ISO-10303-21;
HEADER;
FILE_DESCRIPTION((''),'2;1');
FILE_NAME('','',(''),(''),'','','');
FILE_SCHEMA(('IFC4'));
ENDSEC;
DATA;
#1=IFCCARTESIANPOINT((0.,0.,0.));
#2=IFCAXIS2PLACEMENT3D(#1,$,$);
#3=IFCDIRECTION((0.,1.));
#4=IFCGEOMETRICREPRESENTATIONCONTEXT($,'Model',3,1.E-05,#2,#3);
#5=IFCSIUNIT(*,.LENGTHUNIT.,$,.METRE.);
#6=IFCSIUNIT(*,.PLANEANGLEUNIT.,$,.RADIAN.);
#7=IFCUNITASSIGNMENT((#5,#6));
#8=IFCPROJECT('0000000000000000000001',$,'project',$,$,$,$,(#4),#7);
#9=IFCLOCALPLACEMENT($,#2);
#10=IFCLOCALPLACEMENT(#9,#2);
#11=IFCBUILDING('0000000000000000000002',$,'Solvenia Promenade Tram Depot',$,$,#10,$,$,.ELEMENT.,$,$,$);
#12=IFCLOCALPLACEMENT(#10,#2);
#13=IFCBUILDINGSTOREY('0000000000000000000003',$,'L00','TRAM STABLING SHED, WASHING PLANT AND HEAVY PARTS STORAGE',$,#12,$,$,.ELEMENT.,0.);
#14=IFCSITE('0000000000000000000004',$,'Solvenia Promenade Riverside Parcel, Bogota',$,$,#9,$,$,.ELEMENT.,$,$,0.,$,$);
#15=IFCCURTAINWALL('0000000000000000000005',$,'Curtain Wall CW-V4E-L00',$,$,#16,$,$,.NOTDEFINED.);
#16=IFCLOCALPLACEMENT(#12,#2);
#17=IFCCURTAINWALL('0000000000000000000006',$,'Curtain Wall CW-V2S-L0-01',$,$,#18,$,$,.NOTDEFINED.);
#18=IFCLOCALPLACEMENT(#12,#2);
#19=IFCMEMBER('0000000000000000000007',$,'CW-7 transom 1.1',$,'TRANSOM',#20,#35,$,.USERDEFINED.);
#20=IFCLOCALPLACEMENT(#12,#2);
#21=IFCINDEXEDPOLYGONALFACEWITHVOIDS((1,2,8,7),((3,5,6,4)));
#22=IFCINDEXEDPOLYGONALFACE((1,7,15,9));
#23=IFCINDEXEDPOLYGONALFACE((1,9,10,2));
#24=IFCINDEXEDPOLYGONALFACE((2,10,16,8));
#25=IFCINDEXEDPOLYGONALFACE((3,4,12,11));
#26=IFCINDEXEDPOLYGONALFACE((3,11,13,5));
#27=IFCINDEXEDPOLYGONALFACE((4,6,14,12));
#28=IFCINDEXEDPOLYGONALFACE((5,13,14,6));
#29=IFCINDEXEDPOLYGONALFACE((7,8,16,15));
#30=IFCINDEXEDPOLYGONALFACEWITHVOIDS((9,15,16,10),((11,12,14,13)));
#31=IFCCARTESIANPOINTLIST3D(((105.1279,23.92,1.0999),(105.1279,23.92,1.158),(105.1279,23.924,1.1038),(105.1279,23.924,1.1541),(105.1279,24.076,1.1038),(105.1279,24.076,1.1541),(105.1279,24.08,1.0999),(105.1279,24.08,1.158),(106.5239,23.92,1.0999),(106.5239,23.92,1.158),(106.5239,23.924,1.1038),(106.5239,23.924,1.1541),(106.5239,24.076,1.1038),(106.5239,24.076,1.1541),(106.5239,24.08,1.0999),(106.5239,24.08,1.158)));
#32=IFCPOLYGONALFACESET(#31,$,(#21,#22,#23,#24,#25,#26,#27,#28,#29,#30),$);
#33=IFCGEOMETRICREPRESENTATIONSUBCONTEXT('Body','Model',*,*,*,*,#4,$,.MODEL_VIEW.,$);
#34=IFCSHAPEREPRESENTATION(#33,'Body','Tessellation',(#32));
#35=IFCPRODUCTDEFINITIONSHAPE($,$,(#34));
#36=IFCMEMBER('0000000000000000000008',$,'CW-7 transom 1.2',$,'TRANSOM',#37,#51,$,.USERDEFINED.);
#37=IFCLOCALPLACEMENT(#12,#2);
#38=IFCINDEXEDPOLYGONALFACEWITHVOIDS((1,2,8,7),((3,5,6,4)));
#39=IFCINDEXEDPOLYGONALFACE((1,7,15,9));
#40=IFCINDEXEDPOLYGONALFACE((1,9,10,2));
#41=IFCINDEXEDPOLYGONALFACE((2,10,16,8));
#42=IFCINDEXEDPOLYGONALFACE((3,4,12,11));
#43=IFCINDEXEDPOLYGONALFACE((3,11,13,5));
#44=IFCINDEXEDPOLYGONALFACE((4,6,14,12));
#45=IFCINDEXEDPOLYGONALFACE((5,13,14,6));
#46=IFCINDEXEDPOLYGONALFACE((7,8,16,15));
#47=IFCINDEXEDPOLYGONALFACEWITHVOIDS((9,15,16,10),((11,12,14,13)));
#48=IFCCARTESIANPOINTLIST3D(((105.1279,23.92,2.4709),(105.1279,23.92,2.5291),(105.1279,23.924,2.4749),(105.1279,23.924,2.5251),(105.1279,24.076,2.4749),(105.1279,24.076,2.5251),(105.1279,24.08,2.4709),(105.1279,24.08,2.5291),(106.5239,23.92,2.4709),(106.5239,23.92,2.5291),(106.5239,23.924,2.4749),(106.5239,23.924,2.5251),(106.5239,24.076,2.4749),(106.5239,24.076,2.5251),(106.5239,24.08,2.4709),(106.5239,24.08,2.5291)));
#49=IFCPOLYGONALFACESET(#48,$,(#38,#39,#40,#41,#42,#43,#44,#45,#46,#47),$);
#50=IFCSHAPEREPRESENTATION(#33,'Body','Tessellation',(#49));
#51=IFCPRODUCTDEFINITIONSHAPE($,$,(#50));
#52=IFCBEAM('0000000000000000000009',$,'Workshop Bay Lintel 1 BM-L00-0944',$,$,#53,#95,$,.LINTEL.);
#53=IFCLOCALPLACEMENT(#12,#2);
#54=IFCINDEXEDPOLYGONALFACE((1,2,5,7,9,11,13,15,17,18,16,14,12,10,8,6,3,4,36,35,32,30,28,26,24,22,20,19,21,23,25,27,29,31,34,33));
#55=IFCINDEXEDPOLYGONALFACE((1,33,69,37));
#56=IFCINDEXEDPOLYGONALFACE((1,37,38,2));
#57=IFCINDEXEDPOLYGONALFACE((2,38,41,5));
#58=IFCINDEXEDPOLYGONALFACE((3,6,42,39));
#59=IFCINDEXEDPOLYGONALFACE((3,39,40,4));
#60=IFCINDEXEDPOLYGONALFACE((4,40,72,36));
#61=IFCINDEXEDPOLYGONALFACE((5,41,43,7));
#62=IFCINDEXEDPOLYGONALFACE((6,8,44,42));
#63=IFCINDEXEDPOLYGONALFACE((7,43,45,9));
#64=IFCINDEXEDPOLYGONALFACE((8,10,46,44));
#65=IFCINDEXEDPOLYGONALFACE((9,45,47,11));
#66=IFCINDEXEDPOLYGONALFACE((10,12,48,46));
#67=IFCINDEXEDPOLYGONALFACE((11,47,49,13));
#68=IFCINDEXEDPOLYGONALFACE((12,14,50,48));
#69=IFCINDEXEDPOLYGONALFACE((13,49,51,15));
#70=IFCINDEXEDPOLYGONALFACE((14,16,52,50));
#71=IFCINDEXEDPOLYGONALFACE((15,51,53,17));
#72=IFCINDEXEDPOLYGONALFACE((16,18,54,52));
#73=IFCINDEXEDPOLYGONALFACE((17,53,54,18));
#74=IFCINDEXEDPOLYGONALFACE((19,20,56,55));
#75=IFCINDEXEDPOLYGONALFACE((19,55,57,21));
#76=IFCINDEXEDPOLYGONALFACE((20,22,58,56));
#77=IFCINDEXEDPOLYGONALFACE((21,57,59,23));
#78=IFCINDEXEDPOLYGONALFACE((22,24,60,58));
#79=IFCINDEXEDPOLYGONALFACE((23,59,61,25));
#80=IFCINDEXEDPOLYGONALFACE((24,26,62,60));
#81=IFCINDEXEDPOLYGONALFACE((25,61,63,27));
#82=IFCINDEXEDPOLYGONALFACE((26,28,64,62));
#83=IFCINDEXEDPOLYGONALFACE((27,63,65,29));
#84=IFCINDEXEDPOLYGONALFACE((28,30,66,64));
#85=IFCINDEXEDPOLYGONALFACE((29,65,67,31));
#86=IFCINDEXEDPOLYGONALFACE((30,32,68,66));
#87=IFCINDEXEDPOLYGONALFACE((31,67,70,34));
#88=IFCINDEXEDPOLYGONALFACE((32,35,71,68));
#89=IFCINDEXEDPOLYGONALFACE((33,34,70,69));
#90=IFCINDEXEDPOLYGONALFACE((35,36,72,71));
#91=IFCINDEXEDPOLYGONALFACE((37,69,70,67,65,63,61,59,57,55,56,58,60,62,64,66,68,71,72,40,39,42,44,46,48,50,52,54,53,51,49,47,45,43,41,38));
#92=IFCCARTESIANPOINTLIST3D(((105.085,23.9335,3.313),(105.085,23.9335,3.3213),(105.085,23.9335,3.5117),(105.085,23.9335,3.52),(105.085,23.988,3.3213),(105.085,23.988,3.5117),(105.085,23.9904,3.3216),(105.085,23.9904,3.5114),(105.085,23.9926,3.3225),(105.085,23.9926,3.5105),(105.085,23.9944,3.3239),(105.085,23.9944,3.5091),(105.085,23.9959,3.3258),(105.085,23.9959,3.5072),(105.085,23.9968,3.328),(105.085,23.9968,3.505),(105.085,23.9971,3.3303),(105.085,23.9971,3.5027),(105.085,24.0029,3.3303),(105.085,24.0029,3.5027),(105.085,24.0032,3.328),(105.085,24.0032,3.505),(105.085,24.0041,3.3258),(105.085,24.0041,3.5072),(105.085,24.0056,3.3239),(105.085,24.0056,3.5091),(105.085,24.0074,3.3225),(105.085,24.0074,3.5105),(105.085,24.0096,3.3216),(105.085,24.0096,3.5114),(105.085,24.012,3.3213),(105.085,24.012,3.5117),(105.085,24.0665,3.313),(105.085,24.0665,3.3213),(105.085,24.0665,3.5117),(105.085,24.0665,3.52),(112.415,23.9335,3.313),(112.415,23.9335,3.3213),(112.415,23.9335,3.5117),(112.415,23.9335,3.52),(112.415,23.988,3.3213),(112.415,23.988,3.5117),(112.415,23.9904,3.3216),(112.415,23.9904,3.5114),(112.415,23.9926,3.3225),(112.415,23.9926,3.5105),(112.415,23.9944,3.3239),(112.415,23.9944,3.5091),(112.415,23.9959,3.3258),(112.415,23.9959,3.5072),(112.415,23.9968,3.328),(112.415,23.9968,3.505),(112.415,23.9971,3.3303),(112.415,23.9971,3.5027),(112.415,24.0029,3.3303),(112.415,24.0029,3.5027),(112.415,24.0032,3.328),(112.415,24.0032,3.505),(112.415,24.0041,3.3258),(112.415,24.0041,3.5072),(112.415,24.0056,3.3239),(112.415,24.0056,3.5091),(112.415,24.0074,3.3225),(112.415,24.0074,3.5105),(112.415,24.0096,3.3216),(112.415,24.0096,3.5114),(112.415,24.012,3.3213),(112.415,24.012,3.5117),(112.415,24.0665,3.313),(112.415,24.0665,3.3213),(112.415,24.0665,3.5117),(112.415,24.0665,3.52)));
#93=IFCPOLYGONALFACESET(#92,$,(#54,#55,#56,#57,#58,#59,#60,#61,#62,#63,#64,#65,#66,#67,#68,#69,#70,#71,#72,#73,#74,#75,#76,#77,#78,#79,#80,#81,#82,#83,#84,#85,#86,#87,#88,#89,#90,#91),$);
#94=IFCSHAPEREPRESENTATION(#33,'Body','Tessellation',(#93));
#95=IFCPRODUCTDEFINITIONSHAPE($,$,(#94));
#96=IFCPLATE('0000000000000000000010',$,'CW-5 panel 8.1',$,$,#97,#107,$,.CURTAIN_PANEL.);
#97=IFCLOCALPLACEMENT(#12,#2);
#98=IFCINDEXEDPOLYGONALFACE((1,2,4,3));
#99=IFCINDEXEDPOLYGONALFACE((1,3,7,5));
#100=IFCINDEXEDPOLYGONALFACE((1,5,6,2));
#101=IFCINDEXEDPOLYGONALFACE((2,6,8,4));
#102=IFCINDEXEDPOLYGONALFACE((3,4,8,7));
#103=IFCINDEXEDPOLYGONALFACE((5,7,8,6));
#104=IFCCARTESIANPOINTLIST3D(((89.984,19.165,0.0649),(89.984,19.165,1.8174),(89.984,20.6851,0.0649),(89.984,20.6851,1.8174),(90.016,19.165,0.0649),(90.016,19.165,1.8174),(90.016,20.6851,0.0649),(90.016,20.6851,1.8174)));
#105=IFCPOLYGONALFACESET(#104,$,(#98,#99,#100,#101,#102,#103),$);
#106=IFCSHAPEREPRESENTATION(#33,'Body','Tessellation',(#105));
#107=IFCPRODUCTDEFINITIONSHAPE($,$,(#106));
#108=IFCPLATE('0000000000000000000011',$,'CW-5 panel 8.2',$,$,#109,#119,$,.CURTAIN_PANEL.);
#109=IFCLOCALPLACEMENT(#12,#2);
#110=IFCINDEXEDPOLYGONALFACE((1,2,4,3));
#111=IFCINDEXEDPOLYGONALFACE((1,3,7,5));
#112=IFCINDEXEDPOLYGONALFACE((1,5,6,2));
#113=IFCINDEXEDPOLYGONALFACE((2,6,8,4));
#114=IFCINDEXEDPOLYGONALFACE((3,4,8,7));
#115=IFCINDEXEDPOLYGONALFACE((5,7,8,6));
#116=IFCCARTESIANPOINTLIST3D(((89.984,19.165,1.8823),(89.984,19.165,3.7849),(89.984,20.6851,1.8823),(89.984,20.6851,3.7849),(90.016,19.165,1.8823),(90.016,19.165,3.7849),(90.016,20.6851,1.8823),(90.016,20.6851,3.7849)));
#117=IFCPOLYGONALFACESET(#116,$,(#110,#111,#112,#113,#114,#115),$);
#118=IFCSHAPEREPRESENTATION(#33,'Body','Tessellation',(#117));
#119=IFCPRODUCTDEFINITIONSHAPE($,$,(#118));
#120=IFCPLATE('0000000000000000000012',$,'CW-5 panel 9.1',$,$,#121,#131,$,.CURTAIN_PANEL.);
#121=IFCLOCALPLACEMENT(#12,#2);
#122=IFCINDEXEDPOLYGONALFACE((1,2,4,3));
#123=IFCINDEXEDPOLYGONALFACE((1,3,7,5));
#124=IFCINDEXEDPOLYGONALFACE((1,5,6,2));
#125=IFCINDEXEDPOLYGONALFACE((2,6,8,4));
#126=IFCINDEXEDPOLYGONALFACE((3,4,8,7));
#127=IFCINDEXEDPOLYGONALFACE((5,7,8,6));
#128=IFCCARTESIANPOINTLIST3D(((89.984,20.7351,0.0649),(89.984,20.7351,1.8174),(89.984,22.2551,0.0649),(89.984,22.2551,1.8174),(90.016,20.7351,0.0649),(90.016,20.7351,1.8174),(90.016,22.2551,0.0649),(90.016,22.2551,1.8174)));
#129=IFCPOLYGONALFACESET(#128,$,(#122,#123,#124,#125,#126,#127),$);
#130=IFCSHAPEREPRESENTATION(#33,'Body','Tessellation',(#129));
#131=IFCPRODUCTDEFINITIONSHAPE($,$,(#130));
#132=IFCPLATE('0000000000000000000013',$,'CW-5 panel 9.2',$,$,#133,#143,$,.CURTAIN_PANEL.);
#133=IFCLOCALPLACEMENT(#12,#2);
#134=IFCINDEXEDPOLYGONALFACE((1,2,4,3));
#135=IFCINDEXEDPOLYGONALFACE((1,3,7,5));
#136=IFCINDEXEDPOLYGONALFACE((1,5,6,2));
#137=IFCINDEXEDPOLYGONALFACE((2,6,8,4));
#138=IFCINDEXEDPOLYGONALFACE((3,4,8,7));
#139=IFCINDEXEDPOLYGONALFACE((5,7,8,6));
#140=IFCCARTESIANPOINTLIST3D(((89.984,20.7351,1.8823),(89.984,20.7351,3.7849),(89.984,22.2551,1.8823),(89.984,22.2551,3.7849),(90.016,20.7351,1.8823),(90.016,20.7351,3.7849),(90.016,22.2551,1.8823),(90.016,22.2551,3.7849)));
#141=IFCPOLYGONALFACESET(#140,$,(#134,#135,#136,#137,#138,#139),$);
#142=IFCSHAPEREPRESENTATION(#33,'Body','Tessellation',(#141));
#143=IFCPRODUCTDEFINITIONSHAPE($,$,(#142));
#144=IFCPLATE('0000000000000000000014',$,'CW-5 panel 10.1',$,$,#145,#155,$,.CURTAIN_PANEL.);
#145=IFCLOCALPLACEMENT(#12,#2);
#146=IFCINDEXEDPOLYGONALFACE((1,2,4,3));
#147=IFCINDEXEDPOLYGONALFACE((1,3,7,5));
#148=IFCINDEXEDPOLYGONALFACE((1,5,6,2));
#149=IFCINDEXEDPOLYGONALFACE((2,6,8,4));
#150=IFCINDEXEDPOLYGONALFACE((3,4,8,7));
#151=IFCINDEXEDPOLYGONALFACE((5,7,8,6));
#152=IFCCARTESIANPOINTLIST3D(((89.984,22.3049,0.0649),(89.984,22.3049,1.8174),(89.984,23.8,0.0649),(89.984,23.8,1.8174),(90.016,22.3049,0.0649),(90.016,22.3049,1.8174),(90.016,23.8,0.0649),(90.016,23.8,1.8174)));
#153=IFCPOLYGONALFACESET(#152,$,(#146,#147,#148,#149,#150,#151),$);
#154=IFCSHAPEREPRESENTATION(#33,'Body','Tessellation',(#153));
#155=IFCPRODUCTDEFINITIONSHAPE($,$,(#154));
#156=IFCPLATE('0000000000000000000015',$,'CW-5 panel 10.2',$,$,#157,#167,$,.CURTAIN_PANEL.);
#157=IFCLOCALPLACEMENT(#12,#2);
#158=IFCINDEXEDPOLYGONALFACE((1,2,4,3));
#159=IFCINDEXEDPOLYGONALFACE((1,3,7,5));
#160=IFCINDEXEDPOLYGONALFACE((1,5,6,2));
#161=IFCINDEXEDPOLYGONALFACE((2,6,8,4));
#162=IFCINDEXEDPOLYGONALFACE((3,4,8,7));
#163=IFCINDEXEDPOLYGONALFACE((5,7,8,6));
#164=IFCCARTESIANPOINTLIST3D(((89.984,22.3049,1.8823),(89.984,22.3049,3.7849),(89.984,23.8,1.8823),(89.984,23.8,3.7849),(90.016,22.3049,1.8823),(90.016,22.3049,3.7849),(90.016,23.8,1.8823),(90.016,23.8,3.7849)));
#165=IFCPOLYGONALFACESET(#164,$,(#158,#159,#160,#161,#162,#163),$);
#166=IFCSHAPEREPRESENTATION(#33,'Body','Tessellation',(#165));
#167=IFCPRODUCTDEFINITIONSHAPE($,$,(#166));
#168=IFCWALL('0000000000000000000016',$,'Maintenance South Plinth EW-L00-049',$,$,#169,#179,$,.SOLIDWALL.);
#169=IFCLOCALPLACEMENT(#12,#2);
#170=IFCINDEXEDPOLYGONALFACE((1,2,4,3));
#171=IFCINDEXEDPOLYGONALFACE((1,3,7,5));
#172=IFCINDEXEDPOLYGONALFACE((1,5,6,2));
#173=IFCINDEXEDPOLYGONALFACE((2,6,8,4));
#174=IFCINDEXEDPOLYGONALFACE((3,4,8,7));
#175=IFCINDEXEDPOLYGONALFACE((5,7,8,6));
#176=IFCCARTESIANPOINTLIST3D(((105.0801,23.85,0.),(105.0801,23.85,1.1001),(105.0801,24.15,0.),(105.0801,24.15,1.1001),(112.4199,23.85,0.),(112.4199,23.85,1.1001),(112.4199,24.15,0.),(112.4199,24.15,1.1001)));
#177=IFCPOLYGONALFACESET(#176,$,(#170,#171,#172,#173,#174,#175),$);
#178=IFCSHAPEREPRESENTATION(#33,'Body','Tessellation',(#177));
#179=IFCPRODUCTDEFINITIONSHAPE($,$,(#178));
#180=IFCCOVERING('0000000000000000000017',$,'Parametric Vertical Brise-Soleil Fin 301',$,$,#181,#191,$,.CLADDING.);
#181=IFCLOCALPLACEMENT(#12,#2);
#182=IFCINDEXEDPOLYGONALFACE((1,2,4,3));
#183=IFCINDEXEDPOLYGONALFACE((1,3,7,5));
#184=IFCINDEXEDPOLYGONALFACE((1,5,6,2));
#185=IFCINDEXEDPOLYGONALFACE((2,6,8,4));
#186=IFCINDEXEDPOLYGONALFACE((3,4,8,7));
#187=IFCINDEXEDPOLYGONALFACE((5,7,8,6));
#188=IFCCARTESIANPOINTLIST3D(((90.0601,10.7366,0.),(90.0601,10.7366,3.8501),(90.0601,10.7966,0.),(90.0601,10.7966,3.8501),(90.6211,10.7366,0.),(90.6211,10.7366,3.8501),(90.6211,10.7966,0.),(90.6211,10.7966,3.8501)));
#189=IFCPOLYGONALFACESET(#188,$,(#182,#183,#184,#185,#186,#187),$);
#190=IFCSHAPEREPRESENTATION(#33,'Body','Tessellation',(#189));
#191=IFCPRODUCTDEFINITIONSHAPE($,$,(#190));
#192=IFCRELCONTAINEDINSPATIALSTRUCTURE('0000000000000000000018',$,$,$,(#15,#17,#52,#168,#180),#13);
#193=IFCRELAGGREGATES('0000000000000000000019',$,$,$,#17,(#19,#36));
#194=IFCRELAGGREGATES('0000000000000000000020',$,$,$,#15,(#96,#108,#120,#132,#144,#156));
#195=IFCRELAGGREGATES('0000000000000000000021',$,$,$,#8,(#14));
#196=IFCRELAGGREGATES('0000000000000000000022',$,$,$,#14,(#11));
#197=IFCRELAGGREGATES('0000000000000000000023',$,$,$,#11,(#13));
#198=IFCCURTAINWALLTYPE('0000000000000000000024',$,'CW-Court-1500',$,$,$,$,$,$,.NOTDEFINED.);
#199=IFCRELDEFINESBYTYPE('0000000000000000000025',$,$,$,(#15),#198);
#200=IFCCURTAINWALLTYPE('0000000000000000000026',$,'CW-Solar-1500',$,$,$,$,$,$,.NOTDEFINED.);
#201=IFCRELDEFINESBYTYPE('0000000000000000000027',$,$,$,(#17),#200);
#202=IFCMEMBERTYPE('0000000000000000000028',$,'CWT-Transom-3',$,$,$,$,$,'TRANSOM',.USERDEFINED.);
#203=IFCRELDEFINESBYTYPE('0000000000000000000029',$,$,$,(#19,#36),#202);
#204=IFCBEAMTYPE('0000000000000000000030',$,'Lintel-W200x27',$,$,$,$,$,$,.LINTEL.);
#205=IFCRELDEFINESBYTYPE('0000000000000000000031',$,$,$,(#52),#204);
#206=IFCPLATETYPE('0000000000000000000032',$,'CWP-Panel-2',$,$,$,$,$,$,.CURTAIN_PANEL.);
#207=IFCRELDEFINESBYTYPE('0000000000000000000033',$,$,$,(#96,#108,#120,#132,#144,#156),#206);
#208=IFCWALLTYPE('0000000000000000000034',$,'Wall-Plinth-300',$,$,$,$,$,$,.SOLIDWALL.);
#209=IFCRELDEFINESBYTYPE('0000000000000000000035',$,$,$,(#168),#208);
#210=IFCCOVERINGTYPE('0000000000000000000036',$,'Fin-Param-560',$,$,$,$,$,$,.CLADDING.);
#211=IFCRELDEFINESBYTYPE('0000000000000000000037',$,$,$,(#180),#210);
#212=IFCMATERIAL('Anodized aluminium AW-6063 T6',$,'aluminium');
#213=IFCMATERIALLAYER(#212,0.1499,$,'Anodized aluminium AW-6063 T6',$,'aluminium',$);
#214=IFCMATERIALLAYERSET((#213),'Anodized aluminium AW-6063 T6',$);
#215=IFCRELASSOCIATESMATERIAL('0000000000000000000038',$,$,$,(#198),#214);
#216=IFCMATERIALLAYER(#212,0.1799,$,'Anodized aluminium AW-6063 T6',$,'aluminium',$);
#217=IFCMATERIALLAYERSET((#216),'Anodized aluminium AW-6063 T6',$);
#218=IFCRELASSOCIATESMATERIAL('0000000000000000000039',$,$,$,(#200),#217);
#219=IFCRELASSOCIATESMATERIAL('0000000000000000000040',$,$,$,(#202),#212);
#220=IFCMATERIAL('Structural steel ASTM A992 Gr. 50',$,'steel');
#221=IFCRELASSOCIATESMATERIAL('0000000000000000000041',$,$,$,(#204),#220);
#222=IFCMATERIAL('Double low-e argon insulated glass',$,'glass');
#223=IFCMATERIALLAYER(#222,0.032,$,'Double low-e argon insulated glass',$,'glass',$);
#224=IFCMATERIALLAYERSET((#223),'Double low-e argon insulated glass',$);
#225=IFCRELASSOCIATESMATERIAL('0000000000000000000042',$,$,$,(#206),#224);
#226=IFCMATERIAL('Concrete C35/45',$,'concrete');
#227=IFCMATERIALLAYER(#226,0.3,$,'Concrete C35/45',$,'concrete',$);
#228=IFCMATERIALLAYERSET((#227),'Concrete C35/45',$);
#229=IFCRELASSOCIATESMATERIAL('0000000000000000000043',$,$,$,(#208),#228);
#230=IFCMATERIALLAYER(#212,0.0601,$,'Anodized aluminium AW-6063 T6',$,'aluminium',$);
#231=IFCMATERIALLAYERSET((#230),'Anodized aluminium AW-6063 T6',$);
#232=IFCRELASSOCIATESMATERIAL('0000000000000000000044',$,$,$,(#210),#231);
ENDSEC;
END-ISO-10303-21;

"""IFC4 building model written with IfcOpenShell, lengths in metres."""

from ifc_helpers import new_model, si_unit, direction, frame, frame_2d, origin, origin_2d, place, context, subcontext, project, spatial, rectangle, hollow_rectangle, i_section, extrude, material, layer, layer_set, material_profile, profile_set, type_object, element, aggregate, save


model = new_model("IFC4")

# Units and contexts
model_context = context("Model", 3, precision=1e-05, world=origin(), true_north=direction((0.0, 1.0)))
body_context = subcontext(model_context, "Body", "Model", "MODEL_VIEW")
ifc_project = project(units=[si_unit("LENGTHUNIT", "METRE"), si_unit("PLANEANGLEUNIT", "RADIAN")], contexts=[model_context])

# Site, building, storey
site_placement = place(None, origin())
site = spatial("IfcSite", under=ifc_project, at=site_placement, Name="Solvenia Promenade Riverside Parcel, Bogota", CompositionType="ELEMENT", RefElevation=0.0)
building_placement = place(site_placement, origin())
building = spatial("IfcBuilding", under=site, at=building_placement, Name="Solvenia Promenade Tram Depot", CompositionType="ELEMENT")
storey_placement = place(building_placement, origin())
storey = spatial("IfcBuildingStorey", under=building, at=storey_placement, Name="L00", Description="TRAM STABLING SHED, WASHING PLANT AND HEAVY PARTS STORAGE", CompositionType="ELEMENT", Elevation=0.0)

# Shared definitions
ifc_material_1 = material(Name="Structural steel ASTM A992 Gr. 50", Category="steel")

# Curtain wall
ifc_material_2 = material(Name="Anodized aluminium AW-6063 T6", Category="aluminium")
ifc_layer_1 = layer(ifc_material_2, 0.1499, Name="Anodized aluminium AW-6063 T6", Category="aluminium")
ifc_layer_set_1 = layer_set([ifc_layer_1], Name="Anodized aluminium AW-6063 T6")
curtain_wall_type_1 = type_object("IfcCurtainWallType", Name="CW-Court-1500", PredefinedType="NOTDEFINED", material=ifc_layer_set_1)
curtain_wall_1_placement = place(storey_placement, origin())
curtain_wall_1 = element("IfcCurtainWall", 1, at=curtain_wall_1_placement, inside=storey, type_object=curtain_wall_type_1, Name="Curtain Wall CW-V4E-L00", PredefinedType="NOTDEFINED")

# Curtain wall
ifc_layer_2 = layer(ifc_material_2, 0.1799, Name="Anodized aluminium AW-6063 T6", Category="aluminium")
ifc_layer_set_2 = layer_set([ifc_layer_2], Name="Anodized aluminium AW-6063 T6")
curtain_wall_type_2 = type_object("IfcCurtainWallType", Name="CW-Solar-1500", PredefinedType="NOTDEFINED", material=ifc_layer_set_2)
curtain_wall_2_placement = place(storey_placement, origin())
curtain_wall_2 = element("IfcCurtainWall", 2, at=curtain_wall_2_placement, inside=storey, type_object=curtain_wall_type_2, Name="Curtain Wall CW-V2S-L0-01", PredefinedType="NOTDEFINED")

# Members
ifc_material_profile_1 = material_profile(ifc_material_2, hollow_rectangle(XDim=0.1599, YDim=0.0581, WallThickness=0.0039, at=origin_2d()), Name="ALU-T3", Category="aluminium")
ifc_profile_set_1 = profile_set([ifc_material_profile_1], Name="Anodized aluminium AW-6063 T6")
member_type_1 = type_object("IfcMemberType", Name="CWT-Transom-3", ElementType="TRANSOM", PredefinedType="USERDEFINED", material=ifc_profile_set_1)
member_1_placement = place(storey_placement, frame((105.1279, 24.0, 1.1289), z_axis=(1.0, 0.0, 0.0), x_axis=(0.0, 1.0, 0.0)))
member_1 = element("IfcMember", 3, at=member_1_placement, type_object=member_type_1, Name="CW-7 transom 1.1", ObjectType="TRANSOM", PredefinedType="USERDEFINED", context=body_context, shape_type="SweptSolid", body=[
    extrude(hollow_rectangle(XDim=0.1599, YDim=0.0581, WallThickness=0.0039, at=origin_2d()), origin(), (0.0, 0.0, 1.0), 1.396),
])
member_2_placement = place(storey_placement, frame((105.1279, 24.0, 2.5), z_axis=(1.0, 0.0, 0.0), x_axis=(0.0, 1.0, 0.0)))
member_2 = element("IfcMember", 4, at=member_2_placement, type_object=member_type_1, Name="CW-7 transom 1.2", ObjectType="TRANSOM", PredefinedType="USERDEFINED", context=body_context, shape_type="SweptSolid", body=[
    extrude(hollow_rectangle(XDim=0.1599, YDim=0.0581, WallThickness=0.0039, at=origin_2d()), origin(), (0.0, 0.0, 1.0), 1.396),
])
aggregate(curtain_wall_2, [member_1, member_2])

# Beam
ifc_material_profile_2 = material_profile(ifc_material_1, i_section(OverallWidth=0.1331, OverallDepth=0.207, WebThickness=0.0059, FlangeThickness=0.0083, FilletRadius=0.009, at=origin_2d()), Name="W200x27", Category="steel")
ifc_profile_set_2 = profile_set([ifc_material_profile_2], Name="Structural steel ASTM A992 Gr. 50")
beam_type = type_object("IfcBeamType", Name="Lintel-W200x27", PredefinedType="LINTEL", material=ifc_profile_set_2)
beam_placement = place(storey_placement, frame((105.085, 24.0, 3.4165), z_axis=(1.0, 0.0, 0.0), x_axis=(0.0, 1.0, 0.0)))
element("IfcBeam", 5, at=beam_placement, inside=storey, type_object=beam_type, Name="Workshop Bay Lintel 1 BM-L00-0944", PredefinedType="LINTEL", context=body_context, shape_type="SweptSolid", body=[
    extrude(i_section(OverallWidth=0.1331, OverallDepth=0.207, WebThickness=0.0059, FlangeThickness=0.0083, FilletRadius=0.009, at=origin_2d()), origin(), (0.0, 0.0, 1.0), 7.3301),
])

# Plates
ifc_material_3 = material(Name="Double low-e argon insulated glass", Category="glass")
ifc_layer_3 = layer(ifc_material_3, 0.032, Name="Double low-e argon insulated glass", Category="glass")
ifc_layer_set_3 = layer_set([ifc_layer_3], Name="Double low-e argon insulated glass")
plate_type = type_object("IfcPlateType", Name="CWP-Panel-2", PredefinedType="CURTAIN_PANEL", material=ifc_layer_set_3)
plate_1_placement = place(storey_placement, frame((90.0, 19.925, 0.0649), z_axis=(0.0, 0.0, 1.0), x_axis=(0.0, 1.0, 0.0)))
plate_1 = element("IfcPlate", 6, at=plate_1_placement, type_object=plate_type, Name="CW-5 panel 8.1", PredefinedType="CURTAIN_PANEL", context=body_context, shape_type="SweptSolid", body=[
    extrude(rectangle(XDim=1.52, YDim=0.032, at=origin_2d()), origin(), (0.0, 0.0, 1.0), 1.7524),
])
plate_2_placement = place(storey_placement, frame((90.0, 19.925, 1.8823), z_axis=(0.0, 0.0, 1.0), x_axis=(0.0, 1.0, 0.0)))
plate_2 = element("IfcPlate", 7, at=plate_2_placement, type_object=plate_type, Name="CW-5 panel 8.2", PredefinedType="CURTAIN_PANEL", context=body_context, shape_type="SweptSolid", body=[
    extrude(rectangle(XDim=1.52, YDim=0.032, at=origin_2d()), origin(), (0.0, 0.0, 1.0), 1.9026),
])
plate_3_placement = place(storey_placement, frame((90.0, 21.4951, 0.0649), z_axis=(0.0, 0.0, 1.0), x_axis=(0.0, 1.0, 0.0)))
plate_3 = element("IfcPlate", 8, at=plate_3_placement, type_object=plate_type, Name="CW-5 panel 9.1", PredefinedType="CURTAIN_PANEL", context=body_context, shape_type="SweptSolid", body=[
    extrude(rectangle(XDim=1.52, YDim=0.032, at=origin_2d()), origin(), (0.0, 0.0, 1.0), 1.7524),
])
plate_4_placement = place(storey_placement, frame((90.0, 21.4951, 1.8823), z_axis=(0.0, 0.0, 1.0), x_axis=(0.0, 1.0, 0.0)))
plate_4 = element("IfcPlate", 9, at=plate_4_placement, type_object=plate_type, Name="CW-5 panel 9.2", PredefinedType="CURTAIN_PANEL", context=body_context, shape_type="SweptSolid", body=[
    extrude(rectangle(XDim=1.52, YDim=0.032, at=origin_2d()), origin(), (0.0, 0.0, 1.0), 1.9026),
])
plate_5_placement = place(storey_placement, frame((90.0, 23.0525, 0.0649), z_axis=(0.0, 0.0, 1.0), x_axis=(0.0, 1.0, 0.0)))
plate_5 = element("IfcPlate", 10, at=plate_5_placement, type_object=plate_type, Name="CW-5 panel 10.1", PredefinedType="CURTAIN_PANEL", context=body_context, shape_type="SweptSolid", body=[
    extrude(rectangle(XDim=1.4951, YDim=0.032, at=origin_2d()), origin(), (0.0, 0.0, 1.0), 1.7524),
])
plate_6_placement = place(storey_placement, frame((90.0, 23.0525, 1.8823), z_axis=(0.0, 0.0, 1.0), x_axis=(0.0, 1.0, 0.0)))
plate_6 = element("IfcPlate", 11, at=plate_6_placement, type_object=plate_type, Name="CW-5 panel 10.2", PredefinedType="CURTAIN_PANEL", context=body_context, shape_type="SweptSolid", body=[
    extrude(rectangle(XDim=1.4951, YDim=0.032, at=origin_2d()), origin(), (0.0, 0.0, 1.0), 1.9026),
])
aggregate(curtain_wall_1, [plate_1, plate_2, plate_3, plate_4, plate_5, plate_6])

# Wall
ifc_material_4 = material(Name="Concrete C35/45", Category="concrete")
ifc_layer_4 = layer(ifc_material_4, 0.3, Name="Concrete C35/45", Category="concrete")
ifc_layer_set_4 = layer_set([ifc_layer_4], Name="Concrete C35/45")
wall_type = type_object("IfcWallType", Name="Wall-Plinth-300", PredefinedType="SOLIDWALL", material=ifc_layer_set_4)
wall_placement = place(storey_placement, frame((105.0801, 24.0, 0.0), z_axis=(0.0, 0.0, 1.0), x_axis=(1.0, 0.0, 0.0)))
element("IfcWall", 12, at=wall_placement, inside=storey, type_object=wall_type, Name="Maintenance South Plinth EW-L00-049", PredefinedType="SOLIDWALL", context=body_context, shape_type="SweptSolid", body=[
    extrude(rectangle(XDim=7.3398, YDim=0.3, at=frame_2d((3.6699, 0.0))), origin(), (0.0, 0.0, 1.0), 1.1001),
])

# Covering
ifc_layer_5 = layer(ifc_material_2, 0.0601, Name="Anodized aluminium AW-6063 T6", Category="aluminium")
ifc_layer_set_5 = layer_set([ifc_layer_5], Name="Anodized aluminium AW-6063 T6")
covering_type = type_object("IfcCoveringType", Name="Fin-Param-560", PredefinedType="CLADDING", material=ifc_layer_set_5)
covering_1_placement = place(storey_placement, frame((90.3406, 10.7666, 0.0), z_axis=(0.0, 0.0, 1.0), x_axis=(0.0, 1.0, 0.0)))
element("IfcCovering", 13, at=covering_1_placement, inside=storey, type_object=covering_type, Name="Parametric Vertical Brise-Soleil Fin 301", PredefinedType="CLADDING", context=body_context, shape_type="SweptSolid", body=[
    extrude(rectangle(XDim=0.0601, YDim=0.561, at=origin_2d()), origin(), (0.0, 0.0, 1.0), 3.8501),
])

save(model, "model.ifc")
